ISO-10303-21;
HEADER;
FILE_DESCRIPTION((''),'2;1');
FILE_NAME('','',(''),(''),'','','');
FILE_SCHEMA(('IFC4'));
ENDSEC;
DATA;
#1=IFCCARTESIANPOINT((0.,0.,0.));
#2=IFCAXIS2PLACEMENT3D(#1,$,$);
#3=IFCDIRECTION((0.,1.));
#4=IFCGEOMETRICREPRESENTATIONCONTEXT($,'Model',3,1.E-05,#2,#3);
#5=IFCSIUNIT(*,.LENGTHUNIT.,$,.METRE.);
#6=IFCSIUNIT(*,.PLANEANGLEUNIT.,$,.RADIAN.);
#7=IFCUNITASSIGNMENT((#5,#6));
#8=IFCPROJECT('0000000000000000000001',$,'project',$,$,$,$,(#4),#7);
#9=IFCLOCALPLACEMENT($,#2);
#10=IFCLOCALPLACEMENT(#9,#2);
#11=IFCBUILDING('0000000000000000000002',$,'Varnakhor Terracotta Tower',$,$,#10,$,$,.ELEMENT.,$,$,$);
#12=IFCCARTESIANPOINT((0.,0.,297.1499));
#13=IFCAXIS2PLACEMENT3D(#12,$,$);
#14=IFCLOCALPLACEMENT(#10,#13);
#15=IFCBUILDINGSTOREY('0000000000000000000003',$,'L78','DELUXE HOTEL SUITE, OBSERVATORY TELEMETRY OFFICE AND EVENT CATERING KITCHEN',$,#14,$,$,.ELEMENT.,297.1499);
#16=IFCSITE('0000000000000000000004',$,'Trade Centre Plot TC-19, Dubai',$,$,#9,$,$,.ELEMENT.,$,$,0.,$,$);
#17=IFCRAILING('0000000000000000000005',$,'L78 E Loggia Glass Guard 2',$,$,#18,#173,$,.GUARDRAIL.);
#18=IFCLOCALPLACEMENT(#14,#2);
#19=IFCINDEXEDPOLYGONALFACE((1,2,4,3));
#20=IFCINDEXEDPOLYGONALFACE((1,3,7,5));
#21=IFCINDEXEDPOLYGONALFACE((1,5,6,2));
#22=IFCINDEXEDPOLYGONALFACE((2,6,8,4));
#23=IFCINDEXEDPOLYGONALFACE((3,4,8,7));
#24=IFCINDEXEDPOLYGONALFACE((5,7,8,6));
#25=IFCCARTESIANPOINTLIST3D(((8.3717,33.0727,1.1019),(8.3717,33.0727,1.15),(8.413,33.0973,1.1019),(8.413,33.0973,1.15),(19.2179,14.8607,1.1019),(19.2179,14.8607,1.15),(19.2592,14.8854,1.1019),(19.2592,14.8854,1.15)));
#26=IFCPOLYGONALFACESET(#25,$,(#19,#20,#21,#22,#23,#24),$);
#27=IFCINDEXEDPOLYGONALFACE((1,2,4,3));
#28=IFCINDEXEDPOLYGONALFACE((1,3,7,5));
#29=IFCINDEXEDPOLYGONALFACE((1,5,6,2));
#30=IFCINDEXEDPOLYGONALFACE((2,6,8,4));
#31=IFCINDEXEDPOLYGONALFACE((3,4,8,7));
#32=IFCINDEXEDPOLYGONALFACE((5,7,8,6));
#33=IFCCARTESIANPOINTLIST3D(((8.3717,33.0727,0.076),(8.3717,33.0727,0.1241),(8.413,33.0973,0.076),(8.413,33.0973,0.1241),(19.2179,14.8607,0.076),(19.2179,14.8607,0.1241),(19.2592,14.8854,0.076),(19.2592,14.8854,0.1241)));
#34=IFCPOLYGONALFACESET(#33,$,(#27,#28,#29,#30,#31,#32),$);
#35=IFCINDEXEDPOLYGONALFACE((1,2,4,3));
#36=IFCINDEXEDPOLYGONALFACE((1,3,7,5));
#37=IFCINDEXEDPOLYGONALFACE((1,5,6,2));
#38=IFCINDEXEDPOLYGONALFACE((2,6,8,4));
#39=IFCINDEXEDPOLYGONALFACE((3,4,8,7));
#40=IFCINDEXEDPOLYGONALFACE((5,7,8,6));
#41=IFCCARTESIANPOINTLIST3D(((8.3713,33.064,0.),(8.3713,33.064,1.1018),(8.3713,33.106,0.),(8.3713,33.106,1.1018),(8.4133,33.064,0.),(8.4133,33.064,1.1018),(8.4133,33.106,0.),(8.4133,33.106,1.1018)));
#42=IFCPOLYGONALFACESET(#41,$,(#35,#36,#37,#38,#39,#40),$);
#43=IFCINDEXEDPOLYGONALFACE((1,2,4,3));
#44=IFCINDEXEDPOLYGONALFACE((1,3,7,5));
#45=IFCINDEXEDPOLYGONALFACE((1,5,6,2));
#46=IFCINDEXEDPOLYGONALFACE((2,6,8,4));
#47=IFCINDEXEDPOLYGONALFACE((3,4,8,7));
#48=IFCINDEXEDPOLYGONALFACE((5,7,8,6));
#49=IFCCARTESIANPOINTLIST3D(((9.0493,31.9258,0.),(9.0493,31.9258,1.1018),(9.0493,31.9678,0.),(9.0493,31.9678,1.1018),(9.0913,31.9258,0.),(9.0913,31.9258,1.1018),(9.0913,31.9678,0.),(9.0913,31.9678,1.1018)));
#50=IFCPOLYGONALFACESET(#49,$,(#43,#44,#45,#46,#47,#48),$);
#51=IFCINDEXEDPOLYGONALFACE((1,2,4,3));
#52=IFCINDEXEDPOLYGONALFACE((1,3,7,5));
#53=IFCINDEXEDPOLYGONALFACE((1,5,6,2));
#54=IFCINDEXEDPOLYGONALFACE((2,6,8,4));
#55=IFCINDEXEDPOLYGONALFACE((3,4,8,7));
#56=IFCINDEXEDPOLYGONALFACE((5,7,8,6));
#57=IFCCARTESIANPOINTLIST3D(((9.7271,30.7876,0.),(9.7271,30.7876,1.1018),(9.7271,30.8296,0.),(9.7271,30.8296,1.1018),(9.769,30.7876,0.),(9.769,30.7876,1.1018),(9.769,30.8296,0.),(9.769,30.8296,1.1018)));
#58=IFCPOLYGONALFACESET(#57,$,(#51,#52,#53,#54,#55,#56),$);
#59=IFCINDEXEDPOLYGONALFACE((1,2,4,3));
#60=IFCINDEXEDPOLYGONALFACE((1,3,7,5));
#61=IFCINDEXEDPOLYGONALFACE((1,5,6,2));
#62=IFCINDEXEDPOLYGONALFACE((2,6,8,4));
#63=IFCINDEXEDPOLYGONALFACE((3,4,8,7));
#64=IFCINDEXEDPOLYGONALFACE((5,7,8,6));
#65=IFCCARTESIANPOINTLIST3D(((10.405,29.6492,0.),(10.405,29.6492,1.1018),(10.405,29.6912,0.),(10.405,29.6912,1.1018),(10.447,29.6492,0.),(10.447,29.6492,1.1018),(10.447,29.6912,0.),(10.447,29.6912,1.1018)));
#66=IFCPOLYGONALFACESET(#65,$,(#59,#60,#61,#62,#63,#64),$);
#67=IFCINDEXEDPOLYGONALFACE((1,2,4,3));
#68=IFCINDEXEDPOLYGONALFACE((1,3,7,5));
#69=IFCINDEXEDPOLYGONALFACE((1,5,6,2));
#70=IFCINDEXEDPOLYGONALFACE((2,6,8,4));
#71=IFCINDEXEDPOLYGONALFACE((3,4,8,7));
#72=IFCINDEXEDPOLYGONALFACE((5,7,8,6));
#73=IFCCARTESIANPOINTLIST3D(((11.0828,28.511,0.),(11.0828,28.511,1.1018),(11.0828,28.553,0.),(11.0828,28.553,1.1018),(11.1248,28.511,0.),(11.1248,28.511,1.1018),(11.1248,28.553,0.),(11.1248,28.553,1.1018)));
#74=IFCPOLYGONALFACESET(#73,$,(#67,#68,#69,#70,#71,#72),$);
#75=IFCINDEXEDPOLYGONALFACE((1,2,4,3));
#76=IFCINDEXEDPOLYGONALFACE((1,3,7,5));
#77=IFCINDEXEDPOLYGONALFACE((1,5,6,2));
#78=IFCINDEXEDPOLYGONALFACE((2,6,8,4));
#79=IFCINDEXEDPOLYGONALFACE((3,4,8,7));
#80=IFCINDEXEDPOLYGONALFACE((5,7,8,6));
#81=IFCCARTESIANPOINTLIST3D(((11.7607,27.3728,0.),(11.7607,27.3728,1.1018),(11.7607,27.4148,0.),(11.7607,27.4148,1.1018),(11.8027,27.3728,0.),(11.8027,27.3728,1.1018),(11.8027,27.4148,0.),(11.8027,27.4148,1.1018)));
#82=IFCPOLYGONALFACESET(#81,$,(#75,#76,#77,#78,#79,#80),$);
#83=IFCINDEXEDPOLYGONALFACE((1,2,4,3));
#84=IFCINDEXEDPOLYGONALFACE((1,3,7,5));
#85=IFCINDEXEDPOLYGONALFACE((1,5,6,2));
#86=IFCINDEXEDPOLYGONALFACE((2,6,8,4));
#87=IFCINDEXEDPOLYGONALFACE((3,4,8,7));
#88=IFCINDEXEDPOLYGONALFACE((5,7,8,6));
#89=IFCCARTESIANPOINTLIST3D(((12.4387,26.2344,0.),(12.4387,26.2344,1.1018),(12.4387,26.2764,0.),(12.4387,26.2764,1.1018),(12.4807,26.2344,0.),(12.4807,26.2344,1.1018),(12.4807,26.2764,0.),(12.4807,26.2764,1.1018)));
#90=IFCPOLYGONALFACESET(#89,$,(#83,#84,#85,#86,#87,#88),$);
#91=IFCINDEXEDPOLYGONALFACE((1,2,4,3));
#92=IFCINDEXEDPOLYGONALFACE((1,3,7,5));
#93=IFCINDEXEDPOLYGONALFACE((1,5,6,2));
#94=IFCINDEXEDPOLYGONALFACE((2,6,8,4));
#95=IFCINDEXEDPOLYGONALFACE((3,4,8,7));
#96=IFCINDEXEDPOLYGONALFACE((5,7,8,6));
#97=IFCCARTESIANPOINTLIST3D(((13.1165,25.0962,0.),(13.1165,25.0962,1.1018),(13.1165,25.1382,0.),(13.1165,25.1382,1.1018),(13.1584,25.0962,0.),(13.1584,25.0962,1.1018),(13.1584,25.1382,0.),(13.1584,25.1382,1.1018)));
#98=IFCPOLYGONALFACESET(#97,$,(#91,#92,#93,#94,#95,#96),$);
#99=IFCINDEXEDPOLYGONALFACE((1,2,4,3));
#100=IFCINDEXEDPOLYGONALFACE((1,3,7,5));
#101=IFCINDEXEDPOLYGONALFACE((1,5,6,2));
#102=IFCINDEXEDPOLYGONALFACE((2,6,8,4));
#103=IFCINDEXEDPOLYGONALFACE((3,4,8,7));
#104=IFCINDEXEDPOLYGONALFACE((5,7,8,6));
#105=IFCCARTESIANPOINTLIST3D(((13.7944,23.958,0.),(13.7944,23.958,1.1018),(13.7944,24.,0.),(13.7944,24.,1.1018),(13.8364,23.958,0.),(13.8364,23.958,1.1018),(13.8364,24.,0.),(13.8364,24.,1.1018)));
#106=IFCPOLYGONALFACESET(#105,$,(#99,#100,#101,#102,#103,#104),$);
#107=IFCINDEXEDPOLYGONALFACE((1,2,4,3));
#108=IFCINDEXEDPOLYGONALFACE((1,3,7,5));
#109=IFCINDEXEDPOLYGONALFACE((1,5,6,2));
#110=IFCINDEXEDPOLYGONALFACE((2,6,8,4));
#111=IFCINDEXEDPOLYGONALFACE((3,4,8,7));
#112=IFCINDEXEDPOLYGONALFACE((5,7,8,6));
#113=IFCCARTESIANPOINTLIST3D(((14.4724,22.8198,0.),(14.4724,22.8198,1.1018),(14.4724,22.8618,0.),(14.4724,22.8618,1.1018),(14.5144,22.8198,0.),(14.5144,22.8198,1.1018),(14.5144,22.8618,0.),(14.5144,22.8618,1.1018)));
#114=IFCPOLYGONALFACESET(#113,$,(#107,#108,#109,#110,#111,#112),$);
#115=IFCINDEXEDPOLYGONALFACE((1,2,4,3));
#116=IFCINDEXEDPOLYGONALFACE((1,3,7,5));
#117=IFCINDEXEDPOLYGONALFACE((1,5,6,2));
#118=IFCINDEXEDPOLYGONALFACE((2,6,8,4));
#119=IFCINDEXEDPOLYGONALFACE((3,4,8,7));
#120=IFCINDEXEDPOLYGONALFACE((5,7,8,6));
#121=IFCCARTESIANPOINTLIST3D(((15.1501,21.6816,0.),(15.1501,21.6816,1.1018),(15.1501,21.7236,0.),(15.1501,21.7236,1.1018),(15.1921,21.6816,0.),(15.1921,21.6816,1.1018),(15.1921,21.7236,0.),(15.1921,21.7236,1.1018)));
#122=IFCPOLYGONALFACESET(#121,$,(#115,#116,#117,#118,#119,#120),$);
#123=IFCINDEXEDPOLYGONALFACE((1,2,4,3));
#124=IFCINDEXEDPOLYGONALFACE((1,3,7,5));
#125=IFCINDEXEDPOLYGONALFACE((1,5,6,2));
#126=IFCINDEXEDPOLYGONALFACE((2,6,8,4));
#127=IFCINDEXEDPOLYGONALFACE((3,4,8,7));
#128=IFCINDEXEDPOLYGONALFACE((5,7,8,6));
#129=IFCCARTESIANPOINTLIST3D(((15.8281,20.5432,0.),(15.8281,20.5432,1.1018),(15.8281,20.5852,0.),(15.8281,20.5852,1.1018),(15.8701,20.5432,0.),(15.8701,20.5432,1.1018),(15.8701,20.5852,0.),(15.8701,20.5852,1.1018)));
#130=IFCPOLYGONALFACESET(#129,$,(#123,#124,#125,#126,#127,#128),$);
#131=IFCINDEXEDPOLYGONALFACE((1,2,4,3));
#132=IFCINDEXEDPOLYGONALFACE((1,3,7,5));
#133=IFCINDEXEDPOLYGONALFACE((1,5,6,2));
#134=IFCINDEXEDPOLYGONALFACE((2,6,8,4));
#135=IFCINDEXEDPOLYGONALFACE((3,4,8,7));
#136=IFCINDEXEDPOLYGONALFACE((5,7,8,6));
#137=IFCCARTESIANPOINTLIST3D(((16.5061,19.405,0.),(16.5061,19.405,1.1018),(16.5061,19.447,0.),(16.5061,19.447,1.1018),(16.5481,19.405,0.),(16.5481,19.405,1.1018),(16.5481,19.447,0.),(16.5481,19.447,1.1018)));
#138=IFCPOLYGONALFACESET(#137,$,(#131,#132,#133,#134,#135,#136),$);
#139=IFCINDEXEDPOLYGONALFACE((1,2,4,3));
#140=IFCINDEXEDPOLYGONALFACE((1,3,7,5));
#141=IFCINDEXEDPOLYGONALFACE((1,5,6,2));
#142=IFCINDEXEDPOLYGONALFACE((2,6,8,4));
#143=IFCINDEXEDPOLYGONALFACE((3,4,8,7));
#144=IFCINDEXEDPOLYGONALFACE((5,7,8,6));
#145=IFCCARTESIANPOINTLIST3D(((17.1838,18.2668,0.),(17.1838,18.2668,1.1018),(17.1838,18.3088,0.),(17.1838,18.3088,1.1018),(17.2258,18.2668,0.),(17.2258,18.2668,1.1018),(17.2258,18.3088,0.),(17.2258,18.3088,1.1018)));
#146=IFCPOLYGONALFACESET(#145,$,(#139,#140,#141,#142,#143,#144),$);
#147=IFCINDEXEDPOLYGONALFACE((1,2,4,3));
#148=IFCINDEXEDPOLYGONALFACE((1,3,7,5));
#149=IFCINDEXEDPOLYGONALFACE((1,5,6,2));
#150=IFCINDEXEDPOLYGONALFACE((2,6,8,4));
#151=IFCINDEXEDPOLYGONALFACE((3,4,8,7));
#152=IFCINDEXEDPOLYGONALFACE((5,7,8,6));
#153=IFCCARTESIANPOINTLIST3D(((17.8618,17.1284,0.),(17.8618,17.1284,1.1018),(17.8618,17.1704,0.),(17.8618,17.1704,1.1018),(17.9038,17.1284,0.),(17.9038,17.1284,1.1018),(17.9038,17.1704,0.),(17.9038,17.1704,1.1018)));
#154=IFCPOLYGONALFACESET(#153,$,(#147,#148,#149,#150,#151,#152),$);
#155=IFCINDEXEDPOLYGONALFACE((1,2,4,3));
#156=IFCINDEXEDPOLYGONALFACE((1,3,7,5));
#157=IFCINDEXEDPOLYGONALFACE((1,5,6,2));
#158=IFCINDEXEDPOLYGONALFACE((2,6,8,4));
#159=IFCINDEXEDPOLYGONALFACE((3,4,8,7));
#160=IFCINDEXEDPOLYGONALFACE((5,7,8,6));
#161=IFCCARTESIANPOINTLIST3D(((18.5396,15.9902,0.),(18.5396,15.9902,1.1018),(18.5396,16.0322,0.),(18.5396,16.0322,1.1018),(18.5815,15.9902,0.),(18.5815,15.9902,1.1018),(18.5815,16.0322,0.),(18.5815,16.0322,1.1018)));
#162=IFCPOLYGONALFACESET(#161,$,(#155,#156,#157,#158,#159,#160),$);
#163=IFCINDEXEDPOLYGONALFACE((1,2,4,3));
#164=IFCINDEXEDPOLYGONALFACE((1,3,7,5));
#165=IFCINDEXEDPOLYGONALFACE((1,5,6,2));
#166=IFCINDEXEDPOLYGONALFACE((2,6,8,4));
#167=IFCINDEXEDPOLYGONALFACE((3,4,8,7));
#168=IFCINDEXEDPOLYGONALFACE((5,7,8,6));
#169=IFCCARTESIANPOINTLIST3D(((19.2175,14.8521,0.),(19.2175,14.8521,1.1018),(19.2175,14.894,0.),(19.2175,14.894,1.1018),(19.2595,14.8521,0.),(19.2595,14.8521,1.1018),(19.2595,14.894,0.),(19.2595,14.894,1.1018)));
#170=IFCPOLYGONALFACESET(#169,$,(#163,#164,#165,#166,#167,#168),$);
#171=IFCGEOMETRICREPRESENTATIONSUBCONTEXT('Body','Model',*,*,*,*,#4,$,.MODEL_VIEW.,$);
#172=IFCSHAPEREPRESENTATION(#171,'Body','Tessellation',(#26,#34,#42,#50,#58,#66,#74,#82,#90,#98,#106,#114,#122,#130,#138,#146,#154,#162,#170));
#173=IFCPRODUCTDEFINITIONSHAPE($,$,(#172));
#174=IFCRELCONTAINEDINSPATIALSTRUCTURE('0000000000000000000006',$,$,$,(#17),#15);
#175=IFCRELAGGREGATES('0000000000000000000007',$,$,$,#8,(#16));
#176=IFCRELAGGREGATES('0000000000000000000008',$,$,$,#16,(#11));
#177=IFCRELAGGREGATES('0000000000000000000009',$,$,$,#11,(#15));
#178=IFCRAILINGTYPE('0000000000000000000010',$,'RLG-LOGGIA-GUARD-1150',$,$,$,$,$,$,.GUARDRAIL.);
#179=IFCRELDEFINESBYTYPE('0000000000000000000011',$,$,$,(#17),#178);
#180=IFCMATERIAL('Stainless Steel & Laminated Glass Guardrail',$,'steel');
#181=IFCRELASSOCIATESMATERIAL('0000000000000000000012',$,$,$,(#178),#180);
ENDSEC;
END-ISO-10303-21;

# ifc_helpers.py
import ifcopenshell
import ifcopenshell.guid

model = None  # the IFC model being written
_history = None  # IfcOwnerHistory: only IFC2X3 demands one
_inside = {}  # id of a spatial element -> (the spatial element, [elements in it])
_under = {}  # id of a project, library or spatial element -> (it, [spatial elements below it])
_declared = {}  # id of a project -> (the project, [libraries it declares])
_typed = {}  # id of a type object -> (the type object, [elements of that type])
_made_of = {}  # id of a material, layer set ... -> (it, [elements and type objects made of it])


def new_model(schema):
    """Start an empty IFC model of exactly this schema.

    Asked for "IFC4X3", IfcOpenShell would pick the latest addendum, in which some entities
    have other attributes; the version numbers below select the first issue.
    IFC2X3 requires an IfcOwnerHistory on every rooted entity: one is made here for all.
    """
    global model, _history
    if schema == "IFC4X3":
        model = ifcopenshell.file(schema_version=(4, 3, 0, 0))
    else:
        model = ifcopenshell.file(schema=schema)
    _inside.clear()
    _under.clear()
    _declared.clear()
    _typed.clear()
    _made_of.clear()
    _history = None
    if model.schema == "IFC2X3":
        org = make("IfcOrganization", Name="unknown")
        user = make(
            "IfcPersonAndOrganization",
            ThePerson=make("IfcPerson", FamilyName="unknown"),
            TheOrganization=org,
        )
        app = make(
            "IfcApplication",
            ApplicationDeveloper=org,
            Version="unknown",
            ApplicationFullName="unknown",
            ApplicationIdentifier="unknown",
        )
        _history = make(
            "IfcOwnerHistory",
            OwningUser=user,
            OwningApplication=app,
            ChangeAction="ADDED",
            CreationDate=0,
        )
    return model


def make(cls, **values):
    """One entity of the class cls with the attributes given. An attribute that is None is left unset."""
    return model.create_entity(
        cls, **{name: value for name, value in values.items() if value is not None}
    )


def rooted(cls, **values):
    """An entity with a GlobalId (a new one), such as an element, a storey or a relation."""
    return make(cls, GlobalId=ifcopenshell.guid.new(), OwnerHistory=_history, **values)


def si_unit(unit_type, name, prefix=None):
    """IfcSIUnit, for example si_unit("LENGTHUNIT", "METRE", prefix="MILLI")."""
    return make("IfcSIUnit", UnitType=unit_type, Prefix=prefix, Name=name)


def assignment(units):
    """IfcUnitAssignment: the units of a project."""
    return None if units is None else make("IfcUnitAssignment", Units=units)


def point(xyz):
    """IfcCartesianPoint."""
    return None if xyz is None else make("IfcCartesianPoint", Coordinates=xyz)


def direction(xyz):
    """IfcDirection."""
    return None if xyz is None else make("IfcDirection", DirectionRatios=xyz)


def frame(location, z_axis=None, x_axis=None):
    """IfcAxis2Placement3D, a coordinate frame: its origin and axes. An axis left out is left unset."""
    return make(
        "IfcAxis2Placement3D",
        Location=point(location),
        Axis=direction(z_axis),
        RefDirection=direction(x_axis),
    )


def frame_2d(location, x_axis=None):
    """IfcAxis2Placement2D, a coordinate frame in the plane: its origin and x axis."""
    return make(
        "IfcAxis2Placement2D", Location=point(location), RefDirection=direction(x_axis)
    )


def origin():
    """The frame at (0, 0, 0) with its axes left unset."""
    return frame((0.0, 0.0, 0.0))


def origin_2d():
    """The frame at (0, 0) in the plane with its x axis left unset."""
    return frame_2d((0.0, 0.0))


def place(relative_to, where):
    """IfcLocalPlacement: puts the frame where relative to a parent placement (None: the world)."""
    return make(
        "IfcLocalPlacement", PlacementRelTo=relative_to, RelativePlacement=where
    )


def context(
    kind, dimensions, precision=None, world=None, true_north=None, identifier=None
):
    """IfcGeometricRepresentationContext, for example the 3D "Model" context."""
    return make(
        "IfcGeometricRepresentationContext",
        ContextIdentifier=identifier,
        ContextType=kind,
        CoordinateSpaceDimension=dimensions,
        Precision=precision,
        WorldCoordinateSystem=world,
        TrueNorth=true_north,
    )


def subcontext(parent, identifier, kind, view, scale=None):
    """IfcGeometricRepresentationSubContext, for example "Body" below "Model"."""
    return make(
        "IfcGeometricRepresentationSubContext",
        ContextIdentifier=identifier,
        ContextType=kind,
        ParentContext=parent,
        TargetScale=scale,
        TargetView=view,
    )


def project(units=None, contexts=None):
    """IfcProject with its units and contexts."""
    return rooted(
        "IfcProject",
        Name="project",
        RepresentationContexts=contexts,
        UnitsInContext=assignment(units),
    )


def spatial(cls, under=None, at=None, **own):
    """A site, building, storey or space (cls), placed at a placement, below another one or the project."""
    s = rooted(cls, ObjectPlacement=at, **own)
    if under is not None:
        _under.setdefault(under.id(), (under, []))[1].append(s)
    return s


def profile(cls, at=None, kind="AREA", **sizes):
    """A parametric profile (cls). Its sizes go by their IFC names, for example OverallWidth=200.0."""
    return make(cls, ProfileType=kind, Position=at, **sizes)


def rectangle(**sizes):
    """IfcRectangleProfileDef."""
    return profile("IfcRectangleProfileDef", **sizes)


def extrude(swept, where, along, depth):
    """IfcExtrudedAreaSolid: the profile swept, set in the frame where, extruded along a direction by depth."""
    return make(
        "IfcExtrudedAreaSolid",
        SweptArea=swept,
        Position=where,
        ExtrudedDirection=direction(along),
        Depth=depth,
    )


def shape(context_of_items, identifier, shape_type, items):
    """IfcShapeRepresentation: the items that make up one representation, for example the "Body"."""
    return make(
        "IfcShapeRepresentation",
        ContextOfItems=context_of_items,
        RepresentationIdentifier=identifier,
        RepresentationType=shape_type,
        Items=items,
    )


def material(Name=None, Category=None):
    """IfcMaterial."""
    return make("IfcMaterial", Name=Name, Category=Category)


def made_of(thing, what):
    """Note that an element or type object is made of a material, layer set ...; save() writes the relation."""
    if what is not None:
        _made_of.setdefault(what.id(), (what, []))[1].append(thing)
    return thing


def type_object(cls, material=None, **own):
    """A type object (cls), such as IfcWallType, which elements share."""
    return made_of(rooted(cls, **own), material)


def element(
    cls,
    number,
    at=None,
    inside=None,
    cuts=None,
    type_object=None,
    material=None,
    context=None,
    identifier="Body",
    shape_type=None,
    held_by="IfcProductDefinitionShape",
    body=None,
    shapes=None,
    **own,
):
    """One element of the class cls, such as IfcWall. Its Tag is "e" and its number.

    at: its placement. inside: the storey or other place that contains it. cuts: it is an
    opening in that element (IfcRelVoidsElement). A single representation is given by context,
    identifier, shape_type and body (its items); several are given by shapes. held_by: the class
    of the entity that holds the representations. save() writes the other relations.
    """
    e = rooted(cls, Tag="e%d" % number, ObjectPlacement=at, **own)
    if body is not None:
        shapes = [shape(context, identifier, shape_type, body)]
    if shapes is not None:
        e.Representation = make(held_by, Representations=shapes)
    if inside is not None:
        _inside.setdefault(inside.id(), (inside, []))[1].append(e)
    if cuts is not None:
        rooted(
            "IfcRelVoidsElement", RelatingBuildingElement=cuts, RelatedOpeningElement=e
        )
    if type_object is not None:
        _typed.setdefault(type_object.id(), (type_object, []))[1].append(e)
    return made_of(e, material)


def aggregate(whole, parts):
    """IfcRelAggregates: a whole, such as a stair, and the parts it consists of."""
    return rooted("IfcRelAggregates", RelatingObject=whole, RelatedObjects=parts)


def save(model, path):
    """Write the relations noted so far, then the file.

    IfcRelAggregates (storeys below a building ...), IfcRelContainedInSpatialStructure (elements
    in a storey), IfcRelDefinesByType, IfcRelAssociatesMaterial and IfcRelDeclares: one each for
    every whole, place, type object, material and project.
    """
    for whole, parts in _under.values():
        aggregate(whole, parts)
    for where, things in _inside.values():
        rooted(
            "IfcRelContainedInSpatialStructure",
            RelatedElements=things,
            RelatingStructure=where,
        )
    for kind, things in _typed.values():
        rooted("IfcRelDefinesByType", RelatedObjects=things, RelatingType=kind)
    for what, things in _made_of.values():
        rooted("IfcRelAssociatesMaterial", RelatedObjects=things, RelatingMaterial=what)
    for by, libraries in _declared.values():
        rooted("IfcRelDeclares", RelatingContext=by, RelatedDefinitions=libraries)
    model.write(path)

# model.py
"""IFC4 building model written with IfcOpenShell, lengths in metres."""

from ifc_helpers import new_model, si_unit, direction, frame, origin, origin_2d, place, context, subcontext, project, spatial, rectangle, extrude, material, type_object, element, save


model = new_model("IFC4")

# Units and contexts
model_context = context("Model", 3, precision=1e-05, world=origin(), true_north=direction((0.0, 1.0)))
body_context = subcontext(model_context, "Body", "Model", "MODEL_VIEW")
ifc_project = project(units=[si_unit("LENGTHUNIT", "METRE"), si_unit("PLANEANGLEUNIT", "RADIAN")], contexts=[model_context])

# Site, building, storey
site_placement = place(None, origin())
site = spatial("IfcSite", under=ifc_project, at=site_placement, Name="Trade Centre Plot TC-19, Dubai", CompositionType="ELEMENT", RefElevation=0.0)
building_placement = place(site_placement, origin())
building = spatial("IfcBuilding", under=site, at=building_placement, Name="Varnakhor Terracotta Tower", CompositionType="ELEMENT")
storey_placement = place(building_placement, frame((0.0, 0.0, 297.1499)))
storey = spatial("IfcBuildingStorey", under=building, at=storey_placement, Name="L78", Description="DELUXE HOTEL SUITE, OBSERVATORY TELEMETRY OFFICE AND EVENT CATERING KITCHEN", CompositionType="ELEMENT", Elevation=297.1499)

# Railing
ifc_material_1 = material(Name="Stainless Steel & Laminated Glass Guardrail", Category="steel")
railing_type = type_object("IfcRailingType", Name="RLG-LOGGIA-GUARD-1150", PredefinedType="GUARDRAIL", material=ifc_material_1)
railing_1_placement = place(storey_placement, frame((8.3923, 33.085, 0.0)))
element("IfcRailing", 1, at=railing_1_placement, inside=storey, type_object=railing_type, Name="L78 E Loggia Glass Guard 2", PredefinedType="GUARDRAIL", context=body_context, shape_type="SweptSolid", body=[
    extrude(rectangle(XDim=0.0481, YDim=0.0481, at=origin_2d()), frame((0.0, 0.0, 1.126), z_axis=(0.511685, -0.859173, 0.0), x_axis=(0.859173, 0.511685, 0.0)), (0.0, 0.0, 1.0), 21.197),
    extrude(rectangle(XDim=0.0481, YDim=0.0481, at=origin_2d()), frame((0.0, 0.0, 0.1001), z_axis=(0.511685, -0.859173, 0.0), x_axis=(0.859173, 0.511685, 0.0)), (0.0, 0.0, 1.0), 21.197),
    extrude(rectangle(XDim=0.042, YDim=0.042, at=origin_2d()), origin(), (0.0, 0.0, 1.0), 1.1018),
    extrude(rectangle(XDim=0.042, YDim=0.042, at=origin_2d()), frame((0.678, -1.1382, 0.0)), (0.0, 0.0, 1.0), 1.1018),
    extrude(rectangle(XDim=0.042, YDim=0.042, at=origin_2d()), frame((1.3557, -2.2764, 0.0)), (0.0, 0.0, 1.0), 1.1018),
    extrude(rectangle(XDim=0.042, YDim=0.042, at=origin_2d()), frame((2.0337, -3.4148, 0.0)), (0.0, 0.0, 1.0), 1.1018),
    extrude(rectangle(XDim=0.042, YDim=0.042, at=origin_2d()), frame((2.7114, -4.553, 0.0)), (0.0, 0.0, 1.0), 1.1018),
    extrude(rectangle(XDim=0.042, YDim=0.042, at=origin_2d()), frame((3.3894, -5.6912, 0.0)), (0.0, 0.0, 1.0), 1.1018),
    extrude(rectangle(XDim=0.042, YDim=0.042, at=origin_2d()), frame((4.0674, -6.8296, 0.0)), (0.0, 0.0, 1.0), 1.1018),
    extrude(rectangle(XDim=0.042, YDim=0.042, at=origin_2d()), frame((4.7451, -7.9678, 0.0)), (0.0, 0.0, 1.0), 1.1018),
    extrude(rectangle(XDim=0.042, YDim=0.042, at=origin_2d()), frame((5.4231, -9.106, 0.0)), (0.0, 0.0, 1.0), 1.1018),
    extrude(rectangle(XDim=0.042, YDim=0.042, at=origin_2d()), frame((6.1011, -10.2441, 0.0)), (0.0, 0.0, 1.0), 1.1018),
    extrude(rectangle(XDim=0.042, YDim=0.042, at=origin_2d()), frame((6.7788, -11.3823, 0.0)), (0.0, 0.0, 1.0), 1.1018),
    extrude(rectangle(XDim=0.042, YDim=0.042, at=origin_2d()), frame((7.4568, -12.5208, 0.0)), (0.0, 0.0, 1.0), 1.1018),
    extrude(rectangle(XDim=0.042, YDim=0.042, at=origin_2d()), frame((8.1348, -13.6589, 0.0)), (0.0, 0.0, 1.0), 1.1018),
    extrude(rectangle(XDim=0.042, YDim=0.042, at=origin_2d()), frame((8.8125, -14.7971, 0.0)), (0.0, 0.0, 1.0), 1.1018),
    extrude(rectangle(XDim=0.042, YDim=0.042, at=origin_2d()), frame((9.4905, -15.9355, 0.0)), (0.0, 0.0, 1.0), 1.1018),
    extrude(rectangle(XDim=0.042, YDim=0.042, at=origin_2d()), frame((10.1682, -17.0737, 0.0)), (0.0, 0.0, 1.0), 1.1018),
    extrude(rectangle(XDim=0.042, YDim=0.042, at=origin_2d()), frame((10.8462, -18.2119, 0.0)), (0.0, 0.0, 1.0), 1.1018),
])

save(model, "model.ifc")
